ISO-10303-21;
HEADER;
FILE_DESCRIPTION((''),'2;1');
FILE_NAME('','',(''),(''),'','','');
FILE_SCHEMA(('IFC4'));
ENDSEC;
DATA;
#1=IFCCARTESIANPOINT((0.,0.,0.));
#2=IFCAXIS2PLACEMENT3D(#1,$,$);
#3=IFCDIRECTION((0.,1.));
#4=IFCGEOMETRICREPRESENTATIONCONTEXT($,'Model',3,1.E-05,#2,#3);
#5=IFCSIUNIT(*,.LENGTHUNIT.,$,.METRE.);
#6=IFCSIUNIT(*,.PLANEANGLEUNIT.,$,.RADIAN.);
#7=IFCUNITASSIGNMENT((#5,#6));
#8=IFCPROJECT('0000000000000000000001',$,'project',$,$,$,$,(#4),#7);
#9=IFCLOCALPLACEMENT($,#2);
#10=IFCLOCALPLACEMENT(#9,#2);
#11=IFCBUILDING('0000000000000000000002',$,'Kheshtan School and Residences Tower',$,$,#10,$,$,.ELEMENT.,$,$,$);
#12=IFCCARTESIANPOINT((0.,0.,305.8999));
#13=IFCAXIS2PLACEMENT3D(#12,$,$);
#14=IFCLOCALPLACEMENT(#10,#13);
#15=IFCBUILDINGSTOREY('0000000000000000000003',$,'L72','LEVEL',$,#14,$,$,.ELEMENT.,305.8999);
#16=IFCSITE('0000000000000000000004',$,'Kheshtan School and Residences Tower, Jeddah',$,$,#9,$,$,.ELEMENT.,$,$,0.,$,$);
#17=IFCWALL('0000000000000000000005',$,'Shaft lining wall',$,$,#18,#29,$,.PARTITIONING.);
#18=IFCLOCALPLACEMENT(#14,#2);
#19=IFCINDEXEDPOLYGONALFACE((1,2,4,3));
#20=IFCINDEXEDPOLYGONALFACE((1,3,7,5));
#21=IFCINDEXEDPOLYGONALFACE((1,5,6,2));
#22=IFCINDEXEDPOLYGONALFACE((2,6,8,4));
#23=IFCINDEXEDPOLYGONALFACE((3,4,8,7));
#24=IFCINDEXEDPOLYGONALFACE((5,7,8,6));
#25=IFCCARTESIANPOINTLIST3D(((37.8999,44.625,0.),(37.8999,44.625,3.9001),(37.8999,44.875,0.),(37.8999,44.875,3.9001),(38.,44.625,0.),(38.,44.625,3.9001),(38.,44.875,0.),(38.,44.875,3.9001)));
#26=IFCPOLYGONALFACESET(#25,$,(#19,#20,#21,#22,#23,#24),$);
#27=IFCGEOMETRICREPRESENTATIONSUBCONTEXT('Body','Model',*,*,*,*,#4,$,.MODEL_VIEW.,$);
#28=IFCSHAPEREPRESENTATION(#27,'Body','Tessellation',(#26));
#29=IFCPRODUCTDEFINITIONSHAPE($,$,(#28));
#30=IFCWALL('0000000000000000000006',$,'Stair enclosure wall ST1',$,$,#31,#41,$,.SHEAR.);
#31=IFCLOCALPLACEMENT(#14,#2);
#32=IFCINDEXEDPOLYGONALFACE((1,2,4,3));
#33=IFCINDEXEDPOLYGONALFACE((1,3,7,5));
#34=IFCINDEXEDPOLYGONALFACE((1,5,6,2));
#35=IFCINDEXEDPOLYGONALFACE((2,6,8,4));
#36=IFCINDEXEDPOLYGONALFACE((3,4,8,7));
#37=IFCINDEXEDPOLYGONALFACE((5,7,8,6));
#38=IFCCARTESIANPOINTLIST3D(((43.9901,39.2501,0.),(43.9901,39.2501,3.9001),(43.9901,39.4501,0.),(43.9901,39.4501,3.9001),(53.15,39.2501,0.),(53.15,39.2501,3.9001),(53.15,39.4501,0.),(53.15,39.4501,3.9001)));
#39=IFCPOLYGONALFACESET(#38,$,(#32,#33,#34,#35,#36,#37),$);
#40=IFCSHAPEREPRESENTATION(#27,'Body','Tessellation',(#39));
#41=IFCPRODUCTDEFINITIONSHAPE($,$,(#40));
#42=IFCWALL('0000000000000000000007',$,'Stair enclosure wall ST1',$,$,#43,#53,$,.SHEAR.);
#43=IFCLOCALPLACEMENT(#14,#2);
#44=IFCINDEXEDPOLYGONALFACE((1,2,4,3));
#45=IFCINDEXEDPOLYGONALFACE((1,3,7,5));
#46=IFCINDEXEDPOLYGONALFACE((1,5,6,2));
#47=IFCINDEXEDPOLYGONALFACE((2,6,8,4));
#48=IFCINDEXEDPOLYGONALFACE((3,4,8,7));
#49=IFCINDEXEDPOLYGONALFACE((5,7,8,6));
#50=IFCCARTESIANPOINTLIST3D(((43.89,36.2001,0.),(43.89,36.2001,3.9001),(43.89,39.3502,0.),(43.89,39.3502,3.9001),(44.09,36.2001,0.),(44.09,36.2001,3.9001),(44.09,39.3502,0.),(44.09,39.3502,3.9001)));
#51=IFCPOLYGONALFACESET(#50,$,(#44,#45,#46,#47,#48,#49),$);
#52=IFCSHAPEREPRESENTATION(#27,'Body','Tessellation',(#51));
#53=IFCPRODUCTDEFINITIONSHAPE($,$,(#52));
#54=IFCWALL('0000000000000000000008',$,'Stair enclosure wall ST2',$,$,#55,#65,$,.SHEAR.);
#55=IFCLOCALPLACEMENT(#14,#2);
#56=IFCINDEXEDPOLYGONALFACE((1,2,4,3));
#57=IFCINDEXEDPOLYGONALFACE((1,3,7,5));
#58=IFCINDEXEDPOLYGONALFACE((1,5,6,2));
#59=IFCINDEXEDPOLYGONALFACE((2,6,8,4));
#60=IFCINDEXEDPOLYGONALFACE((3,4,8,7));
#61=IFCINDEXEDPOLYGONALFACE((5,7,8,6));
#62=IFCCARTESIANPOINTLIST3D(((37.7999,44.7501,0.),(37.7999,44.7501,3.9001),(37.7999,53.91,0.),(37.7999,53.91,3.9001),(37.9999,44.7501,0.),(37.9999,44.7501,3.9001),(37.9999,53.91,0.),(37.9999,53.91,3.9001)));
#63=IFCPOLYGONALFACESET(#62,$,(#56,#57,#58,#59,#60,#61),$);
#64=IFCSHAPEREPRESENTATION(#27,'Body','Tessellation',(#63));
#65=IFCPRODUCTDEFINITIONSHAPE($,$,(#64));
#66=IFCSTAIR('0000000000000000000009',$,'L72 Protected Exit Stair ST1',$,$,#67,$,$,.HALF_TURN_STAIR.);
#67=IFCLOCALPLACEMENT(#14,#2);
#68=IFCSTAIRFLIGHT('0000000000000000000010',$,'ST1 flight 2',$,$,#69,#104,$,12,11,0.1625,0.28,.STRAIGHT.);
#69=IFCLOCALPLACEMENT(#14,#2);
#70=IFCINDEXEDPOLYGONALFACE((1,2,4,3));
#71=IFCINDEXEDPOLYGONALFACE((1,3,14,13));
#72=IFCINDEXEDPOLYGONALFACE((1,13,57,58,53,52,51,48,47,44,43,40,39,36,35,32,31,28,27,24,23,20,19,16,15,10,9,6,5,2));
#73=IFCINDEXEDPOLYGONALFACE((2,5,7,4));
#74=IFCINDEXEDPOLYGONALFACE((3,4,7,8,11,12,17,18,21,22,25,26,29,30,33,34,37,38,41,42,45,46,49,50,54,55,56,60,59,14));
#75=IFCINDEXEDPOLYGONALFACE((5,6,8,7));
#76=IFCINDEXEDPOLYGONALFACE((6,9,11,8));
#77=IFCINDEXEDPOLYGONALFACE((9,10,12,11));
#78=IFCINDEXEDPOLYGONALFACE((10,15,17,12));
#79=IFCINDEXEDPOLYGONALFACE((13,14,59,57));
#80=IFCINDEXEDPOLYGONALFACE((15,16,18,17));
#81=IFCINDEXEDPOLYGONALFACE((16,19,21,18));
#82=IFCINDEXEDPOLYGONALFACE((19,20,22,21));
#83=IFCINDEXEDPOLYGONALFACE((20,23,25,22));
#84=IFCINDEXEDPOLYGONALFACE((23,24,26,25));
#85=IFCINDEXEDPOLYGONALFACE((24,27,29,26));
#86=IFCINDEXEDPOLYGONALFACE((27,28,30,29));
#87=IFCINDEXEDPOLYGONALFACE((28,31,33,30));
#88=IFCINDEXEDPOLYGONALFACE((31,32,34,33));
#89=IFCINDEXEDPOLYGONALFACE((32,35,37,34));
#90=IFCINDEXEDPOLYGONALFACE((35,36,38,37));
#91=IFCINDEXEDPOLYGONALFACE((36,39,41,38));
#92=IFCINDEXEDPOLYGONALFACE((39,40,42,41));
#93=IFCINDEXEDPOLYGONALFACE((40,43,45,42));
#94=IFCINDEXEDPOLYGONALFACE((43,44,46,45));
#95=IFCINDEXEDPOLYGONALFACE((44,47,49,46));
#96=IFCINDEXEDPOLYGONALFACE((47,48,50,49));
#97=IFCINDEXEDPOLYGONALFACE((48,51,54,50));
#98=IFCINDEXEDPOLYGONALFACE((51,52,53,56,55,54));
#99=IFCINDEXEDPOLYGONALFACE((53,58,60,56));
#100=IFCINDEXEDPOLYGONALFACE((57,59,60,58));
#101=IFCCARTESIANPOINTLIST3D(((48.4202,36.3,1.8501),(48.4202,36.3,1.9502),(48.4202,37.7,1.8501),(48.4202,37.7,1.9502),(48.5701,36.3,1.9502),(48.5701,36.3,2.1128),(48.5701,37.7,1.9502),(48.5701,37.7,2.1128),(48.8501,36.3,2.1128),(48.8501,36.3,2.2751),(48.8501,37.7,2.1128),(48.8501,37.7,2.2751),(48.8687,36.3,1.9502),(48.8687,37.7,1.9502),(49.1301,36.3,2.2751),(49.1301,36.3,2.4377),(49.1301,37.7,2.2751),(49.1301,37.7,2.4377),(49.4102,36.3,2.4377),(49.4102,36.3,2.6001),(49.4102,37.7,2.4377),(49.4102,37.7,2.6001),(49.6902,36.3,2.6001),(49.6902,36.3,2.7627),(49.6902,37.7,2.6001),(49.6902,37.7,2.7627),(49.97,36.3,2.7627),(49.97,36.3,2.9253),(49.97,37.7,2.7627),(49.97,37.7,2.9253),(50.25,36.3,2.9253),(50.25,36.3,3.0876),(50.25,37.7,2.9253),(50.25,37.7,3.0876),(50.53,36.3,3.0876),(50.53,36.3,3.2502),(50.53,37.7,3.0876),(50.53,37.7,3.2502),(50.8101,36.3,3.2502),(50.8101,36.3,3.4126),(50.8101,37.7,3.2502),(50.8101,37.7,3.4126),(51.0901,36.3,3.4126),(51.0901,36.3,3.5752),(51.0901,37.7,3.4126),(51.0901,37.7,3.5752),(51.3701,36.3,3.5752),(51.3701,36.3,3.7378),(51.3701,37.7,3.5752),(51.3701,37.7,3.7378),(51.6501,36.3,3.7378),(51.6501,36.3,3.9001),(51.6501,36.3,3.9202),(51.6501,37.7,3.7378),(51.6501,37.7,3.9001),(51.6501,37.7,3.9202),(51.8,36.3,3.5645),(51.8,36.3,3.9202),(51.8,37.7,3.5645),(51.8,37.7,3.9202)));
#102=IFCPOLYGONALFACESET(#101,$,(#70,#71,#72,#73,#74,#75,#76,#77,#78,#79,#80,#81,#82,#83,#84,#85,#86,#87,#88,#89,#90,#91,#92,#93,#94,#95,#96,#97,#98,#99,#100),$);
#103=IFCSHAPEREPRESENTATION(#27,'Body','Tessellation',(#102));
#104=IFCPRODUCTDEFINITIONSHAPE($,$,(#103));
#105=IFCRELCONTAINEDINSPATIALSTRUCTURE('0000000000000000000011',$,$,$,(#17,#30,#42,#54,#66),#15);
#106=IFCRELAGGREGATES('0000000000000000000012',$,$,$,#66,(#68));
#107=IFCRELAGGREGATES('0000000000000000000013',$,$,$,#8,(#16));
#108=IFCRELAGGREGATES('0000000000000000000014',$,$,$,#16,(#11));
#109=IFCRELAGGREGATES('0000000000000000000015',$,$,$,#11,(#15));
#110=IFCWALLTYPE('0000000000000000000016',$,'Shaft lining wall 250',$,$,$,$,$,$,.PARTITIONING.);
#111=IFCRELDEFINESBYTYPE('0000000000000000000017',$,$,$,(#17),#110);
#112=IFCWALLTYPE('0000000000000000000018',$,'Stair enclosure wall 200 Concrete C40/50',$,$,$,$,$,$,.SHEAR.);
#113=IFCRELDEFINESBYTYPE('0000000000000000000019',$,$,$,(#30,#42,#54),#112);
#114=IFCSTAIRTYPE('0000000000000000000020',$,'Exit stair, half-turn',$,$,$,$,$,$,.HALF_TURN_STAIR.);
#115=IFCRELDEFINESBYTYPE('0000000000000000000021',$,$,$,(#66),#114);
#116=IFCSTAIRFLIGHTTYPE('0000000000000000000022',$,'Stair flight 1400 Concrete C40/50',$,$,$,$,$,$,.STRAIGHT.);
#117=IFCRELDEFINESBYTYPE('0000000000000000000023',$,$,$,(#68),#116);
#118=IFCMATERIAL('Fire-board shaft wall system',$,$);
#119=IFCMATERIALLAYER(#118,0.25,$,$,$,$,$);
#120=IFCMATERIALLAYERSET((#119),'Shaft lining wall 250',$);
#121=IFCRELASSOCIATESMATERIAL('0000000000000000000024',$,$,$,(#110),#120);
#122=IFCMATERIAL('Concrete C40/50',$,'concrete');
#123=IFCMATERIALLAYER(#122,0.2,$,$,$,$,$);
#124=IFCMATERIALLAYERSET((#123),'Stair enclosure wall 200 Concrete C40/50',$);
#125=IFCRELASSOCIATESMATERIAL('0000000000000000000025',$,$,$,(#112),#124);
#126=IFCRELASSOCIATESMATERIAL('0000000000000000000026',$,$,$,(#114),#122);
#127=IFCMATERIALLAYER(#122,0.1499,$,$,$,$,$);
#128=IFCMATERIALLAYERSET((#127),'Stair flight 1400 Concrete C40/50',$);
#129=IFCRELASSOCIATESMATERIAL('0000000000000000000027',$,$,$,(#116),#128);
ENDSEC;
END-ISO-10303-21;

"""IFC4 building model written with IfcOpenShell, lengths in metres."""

from ifc_helpers import new_model, si_unit, direction, frame, frame_2d, origin, place, context, subcontext, project, spatial, polyline, rectangle, outline, extrude, material, layer, layer_set, type_object, element, aggregate, save


model = new_model("IFC4")

# Units and contexts
model_context = context("Model", 3, precision=1e-05, world=origin(), true_north=direction((0.0, 1.0)))
body_context = subcontext(model_context, "Body", "Model", "MODEL_VIEW")
ifc_project = project(units=[si_unit("LENGTHUNIT", "METRE"), si_unit("PLANEANGLEUNIT", "RADIAN")], contexts=[model_context])

# Site, building, storey
site_placement = place(None, origin())
site = spatial("IfcSite", under=ifc_project, at=site_placement, Name="Kheshtan School and Residences Tower, Jeddah", CompositionType="ELEMENT", RefElevation=0.0)
building_placement = place(site_placement, origin())
building = spatial("IfcBuilding", under=site, at=building_placement, Name="Kheshtan School and Residences Tower", CompositionType="ELEMENT")
storey_placement = place(building_placement, frame((0.0, 0.0, 305.8999)))
storey = spatial("IfcBuildingStorey", under=building, at=storey_placement, Name="L72", Description="LEVEL", CompositionType="ELEMENT", Elevation=305.8999)

# Walls
ifc_material_1 = material(Name="Fire-board shaft wall system")
ifc_layer_1 = layer(ifc_material_1, 0.25)
ifc_layer_set_1 = layer_set([ifc_layer_1], Name="Shaft lining wall 250")
wall_type_1 = type_object("IfcWallType", Name="Shaft lining wall 250", PredefinedType="PARTITIONING", material=ifc_layer_set_1)
wall_1_placement = place(storey_placement, frame((37.8999, 44.75, 0.0), z_axis=(0.0, 0.0, 1.0), x_axis=(1.0, 0.0, 0.0)))
element("IfcWall", 1, at=wall_1_placement, inside=storey, type_object=wall_type_1, Name="Shaft lining wall", PredefinedType="PARTITIONING", context=body_context, shape_type="SweptSolid", body=[
    extrude(rectangle(XDim=0.1001, YDim=0.25, at=frame_2d((0.05, 0.0))), origin(), (0.0, 0.0, 1.0), 3.9001),
])
ifc_material_2 = material(Name="Concrete C40/50", Category="concrete")
ifc_layer_2 = layer(ifc_material_2, 0.2)
ifc_layer_set_2 = layer_set([ifc_layer_2], Name="Stair enclosure wall 200 Concrete C40/50")
wall_type_2 = type_object("IfcWallType", Name="Stair enclosure wall 200 Concrete C40/50", PredefinedType="SHEAR", material=ifc_layer_set_2)
wall_2_placement = place(storey_placement, frame((43.99, 39.3501, 0.0), z_axis=(0.0, 0.0, 1.0), x_axis=(1.0, 0.0, 0.0)))
element("IfcWall", 2, at=wall_2_placement, inside=storey, type_object=wall_type_2, Name="Stair enclosure wall ST1", PredefinedType="SHEAR", context=body_context, shape_type="SweptSolid", body=[
    extrude(rectangle(XDim=9.1599, YDim=0.2, at=frame_2d((4.5801, 0.0))), origin(), (0.0, 0.0, 1.0), 3.9001),
])
wall_3_placement = place(storey_placement, frame((43.99, 36.2, 0.0), z_axis=(0.0, 0.0, 1.0), x_axis=(0.0, 1.0, 0.0)))
element("IfcWall", 3, at=wall_3_placement, inside=storey, type_object=wall_type_2, Name="Stair enclosure wall ST1", PredefinedType="SHEAR", context=body_context, shape_type="SweptSolid", body=[
    extrude(rectangle(XDim=3.1501, YDim=0.2, at=frame_2d((1.5752, 0.0))), origin(), (0.0, 0.0, 1.0), 3.9001),
])
wall_4_placement = place(storey_placement, frame((37.8999, 44.75, 0.0), z_axis=(0.0, 0.0, 1.0), x_axis=(0.0, 1.0, 0.0)))
element("IfcWall", 4, at=wall_4_placement, inside=storey, type_object=wall_type_2, Name="Stair enclosure wall ST2", PredefinedType="SHEAR", context=body_context, shape_type="SweptSolid", body=[
    extrude(rectangle(XDim=9.1599, YDim=0.2, at=frame_2d((4.5801, 0.0))), origin(), (0.0, 0.0, 1.0), 3.9001),
])

# Stair, stair flight
stair_type = type_object("IfcStairType", Name="Exit stair, half-turn", PredefinedType="HALF_TURN_STAIR", material=ifc_material_2)
stair_placement = place(storey_placement, origin())
stair = element("IfcStair", 5, at=stair_placement, inside=storey, type_object=stair_type, Name="L72 Protected Exit Stair ST1", PredefinedType="HALF_TURN_STAIR")
ifc_layer_3 = layer(ifc_material_2, 0.1499)
ifc_layer_set_3 = layer_set([ifc_layer_3], Name="Stair flight 1400 Concrete C40/50")
stair_flight_type = type_object("IfcStairFlightType", Name="Stair flight 1400 Concrete C40/50", PredefinedType="STRAIGHT", material=ifc_layer_set_3)
stair_flight_placement = place(storey_placement, frame((48.5701, 37.0, 1.9502), z_axis=(0.0, 0.0, 1.0), x_axis=(1.0, 0.0, 0.0)))
stair_flight = element("IfcStairFlight", 6, at=stair_flight_placement, type_object=stair_flight_type, Name="ST1 flight 2", NumberOfRisers=12, NumberOfTreads=11, PredefinedType="STRAIGHT", RiserHeight=0.1625, TreadLength=0.28, context=body_context, shape_type="SweptSolid", body=[
    extrude(outline(polyline([(-0.1499, -0.1001), (-0.1499, 0.0), (0.0, 0.0), (0.0, 0.1626), (0.28, 0.1626), (0.28, 0.325), (0.5601, 0.325), (0.5601, 0.4875), (0.8401, 0.4875), (0.8401, 0.6499), (1.1201, 0.6499), (1.1201, 0.8125), (1.3999, 0.8125), (1.3999, 0.9751), (1.6799, 0.9751), (1.6799, 1.1375), (1.96, 1.1375), (1.96, 1.3), (2.24, 1.3), (2.24, 1.4624), (2.52, 1.4624), (2.52, 1.625), (2.8, 1.625), (2.8, 1.7876), (3.0801, 1.7876), (3.0801, 1.95), (3.0801, 1.97), (3.23, 1.97), (3.23, 1.6143), (0.2986, 0.0), (-0.1499, -0.1001)])), frame((0.0, 0.7, 0.0), z_axis=(0.0, -1.0, 0.0), x_axis=(1.0, 0.0, 0.0)), (0.0, 0.0, 1.0), 1.3999),
])
aggregate(stair, [stair_flight])

save(model, "model.ifc")
